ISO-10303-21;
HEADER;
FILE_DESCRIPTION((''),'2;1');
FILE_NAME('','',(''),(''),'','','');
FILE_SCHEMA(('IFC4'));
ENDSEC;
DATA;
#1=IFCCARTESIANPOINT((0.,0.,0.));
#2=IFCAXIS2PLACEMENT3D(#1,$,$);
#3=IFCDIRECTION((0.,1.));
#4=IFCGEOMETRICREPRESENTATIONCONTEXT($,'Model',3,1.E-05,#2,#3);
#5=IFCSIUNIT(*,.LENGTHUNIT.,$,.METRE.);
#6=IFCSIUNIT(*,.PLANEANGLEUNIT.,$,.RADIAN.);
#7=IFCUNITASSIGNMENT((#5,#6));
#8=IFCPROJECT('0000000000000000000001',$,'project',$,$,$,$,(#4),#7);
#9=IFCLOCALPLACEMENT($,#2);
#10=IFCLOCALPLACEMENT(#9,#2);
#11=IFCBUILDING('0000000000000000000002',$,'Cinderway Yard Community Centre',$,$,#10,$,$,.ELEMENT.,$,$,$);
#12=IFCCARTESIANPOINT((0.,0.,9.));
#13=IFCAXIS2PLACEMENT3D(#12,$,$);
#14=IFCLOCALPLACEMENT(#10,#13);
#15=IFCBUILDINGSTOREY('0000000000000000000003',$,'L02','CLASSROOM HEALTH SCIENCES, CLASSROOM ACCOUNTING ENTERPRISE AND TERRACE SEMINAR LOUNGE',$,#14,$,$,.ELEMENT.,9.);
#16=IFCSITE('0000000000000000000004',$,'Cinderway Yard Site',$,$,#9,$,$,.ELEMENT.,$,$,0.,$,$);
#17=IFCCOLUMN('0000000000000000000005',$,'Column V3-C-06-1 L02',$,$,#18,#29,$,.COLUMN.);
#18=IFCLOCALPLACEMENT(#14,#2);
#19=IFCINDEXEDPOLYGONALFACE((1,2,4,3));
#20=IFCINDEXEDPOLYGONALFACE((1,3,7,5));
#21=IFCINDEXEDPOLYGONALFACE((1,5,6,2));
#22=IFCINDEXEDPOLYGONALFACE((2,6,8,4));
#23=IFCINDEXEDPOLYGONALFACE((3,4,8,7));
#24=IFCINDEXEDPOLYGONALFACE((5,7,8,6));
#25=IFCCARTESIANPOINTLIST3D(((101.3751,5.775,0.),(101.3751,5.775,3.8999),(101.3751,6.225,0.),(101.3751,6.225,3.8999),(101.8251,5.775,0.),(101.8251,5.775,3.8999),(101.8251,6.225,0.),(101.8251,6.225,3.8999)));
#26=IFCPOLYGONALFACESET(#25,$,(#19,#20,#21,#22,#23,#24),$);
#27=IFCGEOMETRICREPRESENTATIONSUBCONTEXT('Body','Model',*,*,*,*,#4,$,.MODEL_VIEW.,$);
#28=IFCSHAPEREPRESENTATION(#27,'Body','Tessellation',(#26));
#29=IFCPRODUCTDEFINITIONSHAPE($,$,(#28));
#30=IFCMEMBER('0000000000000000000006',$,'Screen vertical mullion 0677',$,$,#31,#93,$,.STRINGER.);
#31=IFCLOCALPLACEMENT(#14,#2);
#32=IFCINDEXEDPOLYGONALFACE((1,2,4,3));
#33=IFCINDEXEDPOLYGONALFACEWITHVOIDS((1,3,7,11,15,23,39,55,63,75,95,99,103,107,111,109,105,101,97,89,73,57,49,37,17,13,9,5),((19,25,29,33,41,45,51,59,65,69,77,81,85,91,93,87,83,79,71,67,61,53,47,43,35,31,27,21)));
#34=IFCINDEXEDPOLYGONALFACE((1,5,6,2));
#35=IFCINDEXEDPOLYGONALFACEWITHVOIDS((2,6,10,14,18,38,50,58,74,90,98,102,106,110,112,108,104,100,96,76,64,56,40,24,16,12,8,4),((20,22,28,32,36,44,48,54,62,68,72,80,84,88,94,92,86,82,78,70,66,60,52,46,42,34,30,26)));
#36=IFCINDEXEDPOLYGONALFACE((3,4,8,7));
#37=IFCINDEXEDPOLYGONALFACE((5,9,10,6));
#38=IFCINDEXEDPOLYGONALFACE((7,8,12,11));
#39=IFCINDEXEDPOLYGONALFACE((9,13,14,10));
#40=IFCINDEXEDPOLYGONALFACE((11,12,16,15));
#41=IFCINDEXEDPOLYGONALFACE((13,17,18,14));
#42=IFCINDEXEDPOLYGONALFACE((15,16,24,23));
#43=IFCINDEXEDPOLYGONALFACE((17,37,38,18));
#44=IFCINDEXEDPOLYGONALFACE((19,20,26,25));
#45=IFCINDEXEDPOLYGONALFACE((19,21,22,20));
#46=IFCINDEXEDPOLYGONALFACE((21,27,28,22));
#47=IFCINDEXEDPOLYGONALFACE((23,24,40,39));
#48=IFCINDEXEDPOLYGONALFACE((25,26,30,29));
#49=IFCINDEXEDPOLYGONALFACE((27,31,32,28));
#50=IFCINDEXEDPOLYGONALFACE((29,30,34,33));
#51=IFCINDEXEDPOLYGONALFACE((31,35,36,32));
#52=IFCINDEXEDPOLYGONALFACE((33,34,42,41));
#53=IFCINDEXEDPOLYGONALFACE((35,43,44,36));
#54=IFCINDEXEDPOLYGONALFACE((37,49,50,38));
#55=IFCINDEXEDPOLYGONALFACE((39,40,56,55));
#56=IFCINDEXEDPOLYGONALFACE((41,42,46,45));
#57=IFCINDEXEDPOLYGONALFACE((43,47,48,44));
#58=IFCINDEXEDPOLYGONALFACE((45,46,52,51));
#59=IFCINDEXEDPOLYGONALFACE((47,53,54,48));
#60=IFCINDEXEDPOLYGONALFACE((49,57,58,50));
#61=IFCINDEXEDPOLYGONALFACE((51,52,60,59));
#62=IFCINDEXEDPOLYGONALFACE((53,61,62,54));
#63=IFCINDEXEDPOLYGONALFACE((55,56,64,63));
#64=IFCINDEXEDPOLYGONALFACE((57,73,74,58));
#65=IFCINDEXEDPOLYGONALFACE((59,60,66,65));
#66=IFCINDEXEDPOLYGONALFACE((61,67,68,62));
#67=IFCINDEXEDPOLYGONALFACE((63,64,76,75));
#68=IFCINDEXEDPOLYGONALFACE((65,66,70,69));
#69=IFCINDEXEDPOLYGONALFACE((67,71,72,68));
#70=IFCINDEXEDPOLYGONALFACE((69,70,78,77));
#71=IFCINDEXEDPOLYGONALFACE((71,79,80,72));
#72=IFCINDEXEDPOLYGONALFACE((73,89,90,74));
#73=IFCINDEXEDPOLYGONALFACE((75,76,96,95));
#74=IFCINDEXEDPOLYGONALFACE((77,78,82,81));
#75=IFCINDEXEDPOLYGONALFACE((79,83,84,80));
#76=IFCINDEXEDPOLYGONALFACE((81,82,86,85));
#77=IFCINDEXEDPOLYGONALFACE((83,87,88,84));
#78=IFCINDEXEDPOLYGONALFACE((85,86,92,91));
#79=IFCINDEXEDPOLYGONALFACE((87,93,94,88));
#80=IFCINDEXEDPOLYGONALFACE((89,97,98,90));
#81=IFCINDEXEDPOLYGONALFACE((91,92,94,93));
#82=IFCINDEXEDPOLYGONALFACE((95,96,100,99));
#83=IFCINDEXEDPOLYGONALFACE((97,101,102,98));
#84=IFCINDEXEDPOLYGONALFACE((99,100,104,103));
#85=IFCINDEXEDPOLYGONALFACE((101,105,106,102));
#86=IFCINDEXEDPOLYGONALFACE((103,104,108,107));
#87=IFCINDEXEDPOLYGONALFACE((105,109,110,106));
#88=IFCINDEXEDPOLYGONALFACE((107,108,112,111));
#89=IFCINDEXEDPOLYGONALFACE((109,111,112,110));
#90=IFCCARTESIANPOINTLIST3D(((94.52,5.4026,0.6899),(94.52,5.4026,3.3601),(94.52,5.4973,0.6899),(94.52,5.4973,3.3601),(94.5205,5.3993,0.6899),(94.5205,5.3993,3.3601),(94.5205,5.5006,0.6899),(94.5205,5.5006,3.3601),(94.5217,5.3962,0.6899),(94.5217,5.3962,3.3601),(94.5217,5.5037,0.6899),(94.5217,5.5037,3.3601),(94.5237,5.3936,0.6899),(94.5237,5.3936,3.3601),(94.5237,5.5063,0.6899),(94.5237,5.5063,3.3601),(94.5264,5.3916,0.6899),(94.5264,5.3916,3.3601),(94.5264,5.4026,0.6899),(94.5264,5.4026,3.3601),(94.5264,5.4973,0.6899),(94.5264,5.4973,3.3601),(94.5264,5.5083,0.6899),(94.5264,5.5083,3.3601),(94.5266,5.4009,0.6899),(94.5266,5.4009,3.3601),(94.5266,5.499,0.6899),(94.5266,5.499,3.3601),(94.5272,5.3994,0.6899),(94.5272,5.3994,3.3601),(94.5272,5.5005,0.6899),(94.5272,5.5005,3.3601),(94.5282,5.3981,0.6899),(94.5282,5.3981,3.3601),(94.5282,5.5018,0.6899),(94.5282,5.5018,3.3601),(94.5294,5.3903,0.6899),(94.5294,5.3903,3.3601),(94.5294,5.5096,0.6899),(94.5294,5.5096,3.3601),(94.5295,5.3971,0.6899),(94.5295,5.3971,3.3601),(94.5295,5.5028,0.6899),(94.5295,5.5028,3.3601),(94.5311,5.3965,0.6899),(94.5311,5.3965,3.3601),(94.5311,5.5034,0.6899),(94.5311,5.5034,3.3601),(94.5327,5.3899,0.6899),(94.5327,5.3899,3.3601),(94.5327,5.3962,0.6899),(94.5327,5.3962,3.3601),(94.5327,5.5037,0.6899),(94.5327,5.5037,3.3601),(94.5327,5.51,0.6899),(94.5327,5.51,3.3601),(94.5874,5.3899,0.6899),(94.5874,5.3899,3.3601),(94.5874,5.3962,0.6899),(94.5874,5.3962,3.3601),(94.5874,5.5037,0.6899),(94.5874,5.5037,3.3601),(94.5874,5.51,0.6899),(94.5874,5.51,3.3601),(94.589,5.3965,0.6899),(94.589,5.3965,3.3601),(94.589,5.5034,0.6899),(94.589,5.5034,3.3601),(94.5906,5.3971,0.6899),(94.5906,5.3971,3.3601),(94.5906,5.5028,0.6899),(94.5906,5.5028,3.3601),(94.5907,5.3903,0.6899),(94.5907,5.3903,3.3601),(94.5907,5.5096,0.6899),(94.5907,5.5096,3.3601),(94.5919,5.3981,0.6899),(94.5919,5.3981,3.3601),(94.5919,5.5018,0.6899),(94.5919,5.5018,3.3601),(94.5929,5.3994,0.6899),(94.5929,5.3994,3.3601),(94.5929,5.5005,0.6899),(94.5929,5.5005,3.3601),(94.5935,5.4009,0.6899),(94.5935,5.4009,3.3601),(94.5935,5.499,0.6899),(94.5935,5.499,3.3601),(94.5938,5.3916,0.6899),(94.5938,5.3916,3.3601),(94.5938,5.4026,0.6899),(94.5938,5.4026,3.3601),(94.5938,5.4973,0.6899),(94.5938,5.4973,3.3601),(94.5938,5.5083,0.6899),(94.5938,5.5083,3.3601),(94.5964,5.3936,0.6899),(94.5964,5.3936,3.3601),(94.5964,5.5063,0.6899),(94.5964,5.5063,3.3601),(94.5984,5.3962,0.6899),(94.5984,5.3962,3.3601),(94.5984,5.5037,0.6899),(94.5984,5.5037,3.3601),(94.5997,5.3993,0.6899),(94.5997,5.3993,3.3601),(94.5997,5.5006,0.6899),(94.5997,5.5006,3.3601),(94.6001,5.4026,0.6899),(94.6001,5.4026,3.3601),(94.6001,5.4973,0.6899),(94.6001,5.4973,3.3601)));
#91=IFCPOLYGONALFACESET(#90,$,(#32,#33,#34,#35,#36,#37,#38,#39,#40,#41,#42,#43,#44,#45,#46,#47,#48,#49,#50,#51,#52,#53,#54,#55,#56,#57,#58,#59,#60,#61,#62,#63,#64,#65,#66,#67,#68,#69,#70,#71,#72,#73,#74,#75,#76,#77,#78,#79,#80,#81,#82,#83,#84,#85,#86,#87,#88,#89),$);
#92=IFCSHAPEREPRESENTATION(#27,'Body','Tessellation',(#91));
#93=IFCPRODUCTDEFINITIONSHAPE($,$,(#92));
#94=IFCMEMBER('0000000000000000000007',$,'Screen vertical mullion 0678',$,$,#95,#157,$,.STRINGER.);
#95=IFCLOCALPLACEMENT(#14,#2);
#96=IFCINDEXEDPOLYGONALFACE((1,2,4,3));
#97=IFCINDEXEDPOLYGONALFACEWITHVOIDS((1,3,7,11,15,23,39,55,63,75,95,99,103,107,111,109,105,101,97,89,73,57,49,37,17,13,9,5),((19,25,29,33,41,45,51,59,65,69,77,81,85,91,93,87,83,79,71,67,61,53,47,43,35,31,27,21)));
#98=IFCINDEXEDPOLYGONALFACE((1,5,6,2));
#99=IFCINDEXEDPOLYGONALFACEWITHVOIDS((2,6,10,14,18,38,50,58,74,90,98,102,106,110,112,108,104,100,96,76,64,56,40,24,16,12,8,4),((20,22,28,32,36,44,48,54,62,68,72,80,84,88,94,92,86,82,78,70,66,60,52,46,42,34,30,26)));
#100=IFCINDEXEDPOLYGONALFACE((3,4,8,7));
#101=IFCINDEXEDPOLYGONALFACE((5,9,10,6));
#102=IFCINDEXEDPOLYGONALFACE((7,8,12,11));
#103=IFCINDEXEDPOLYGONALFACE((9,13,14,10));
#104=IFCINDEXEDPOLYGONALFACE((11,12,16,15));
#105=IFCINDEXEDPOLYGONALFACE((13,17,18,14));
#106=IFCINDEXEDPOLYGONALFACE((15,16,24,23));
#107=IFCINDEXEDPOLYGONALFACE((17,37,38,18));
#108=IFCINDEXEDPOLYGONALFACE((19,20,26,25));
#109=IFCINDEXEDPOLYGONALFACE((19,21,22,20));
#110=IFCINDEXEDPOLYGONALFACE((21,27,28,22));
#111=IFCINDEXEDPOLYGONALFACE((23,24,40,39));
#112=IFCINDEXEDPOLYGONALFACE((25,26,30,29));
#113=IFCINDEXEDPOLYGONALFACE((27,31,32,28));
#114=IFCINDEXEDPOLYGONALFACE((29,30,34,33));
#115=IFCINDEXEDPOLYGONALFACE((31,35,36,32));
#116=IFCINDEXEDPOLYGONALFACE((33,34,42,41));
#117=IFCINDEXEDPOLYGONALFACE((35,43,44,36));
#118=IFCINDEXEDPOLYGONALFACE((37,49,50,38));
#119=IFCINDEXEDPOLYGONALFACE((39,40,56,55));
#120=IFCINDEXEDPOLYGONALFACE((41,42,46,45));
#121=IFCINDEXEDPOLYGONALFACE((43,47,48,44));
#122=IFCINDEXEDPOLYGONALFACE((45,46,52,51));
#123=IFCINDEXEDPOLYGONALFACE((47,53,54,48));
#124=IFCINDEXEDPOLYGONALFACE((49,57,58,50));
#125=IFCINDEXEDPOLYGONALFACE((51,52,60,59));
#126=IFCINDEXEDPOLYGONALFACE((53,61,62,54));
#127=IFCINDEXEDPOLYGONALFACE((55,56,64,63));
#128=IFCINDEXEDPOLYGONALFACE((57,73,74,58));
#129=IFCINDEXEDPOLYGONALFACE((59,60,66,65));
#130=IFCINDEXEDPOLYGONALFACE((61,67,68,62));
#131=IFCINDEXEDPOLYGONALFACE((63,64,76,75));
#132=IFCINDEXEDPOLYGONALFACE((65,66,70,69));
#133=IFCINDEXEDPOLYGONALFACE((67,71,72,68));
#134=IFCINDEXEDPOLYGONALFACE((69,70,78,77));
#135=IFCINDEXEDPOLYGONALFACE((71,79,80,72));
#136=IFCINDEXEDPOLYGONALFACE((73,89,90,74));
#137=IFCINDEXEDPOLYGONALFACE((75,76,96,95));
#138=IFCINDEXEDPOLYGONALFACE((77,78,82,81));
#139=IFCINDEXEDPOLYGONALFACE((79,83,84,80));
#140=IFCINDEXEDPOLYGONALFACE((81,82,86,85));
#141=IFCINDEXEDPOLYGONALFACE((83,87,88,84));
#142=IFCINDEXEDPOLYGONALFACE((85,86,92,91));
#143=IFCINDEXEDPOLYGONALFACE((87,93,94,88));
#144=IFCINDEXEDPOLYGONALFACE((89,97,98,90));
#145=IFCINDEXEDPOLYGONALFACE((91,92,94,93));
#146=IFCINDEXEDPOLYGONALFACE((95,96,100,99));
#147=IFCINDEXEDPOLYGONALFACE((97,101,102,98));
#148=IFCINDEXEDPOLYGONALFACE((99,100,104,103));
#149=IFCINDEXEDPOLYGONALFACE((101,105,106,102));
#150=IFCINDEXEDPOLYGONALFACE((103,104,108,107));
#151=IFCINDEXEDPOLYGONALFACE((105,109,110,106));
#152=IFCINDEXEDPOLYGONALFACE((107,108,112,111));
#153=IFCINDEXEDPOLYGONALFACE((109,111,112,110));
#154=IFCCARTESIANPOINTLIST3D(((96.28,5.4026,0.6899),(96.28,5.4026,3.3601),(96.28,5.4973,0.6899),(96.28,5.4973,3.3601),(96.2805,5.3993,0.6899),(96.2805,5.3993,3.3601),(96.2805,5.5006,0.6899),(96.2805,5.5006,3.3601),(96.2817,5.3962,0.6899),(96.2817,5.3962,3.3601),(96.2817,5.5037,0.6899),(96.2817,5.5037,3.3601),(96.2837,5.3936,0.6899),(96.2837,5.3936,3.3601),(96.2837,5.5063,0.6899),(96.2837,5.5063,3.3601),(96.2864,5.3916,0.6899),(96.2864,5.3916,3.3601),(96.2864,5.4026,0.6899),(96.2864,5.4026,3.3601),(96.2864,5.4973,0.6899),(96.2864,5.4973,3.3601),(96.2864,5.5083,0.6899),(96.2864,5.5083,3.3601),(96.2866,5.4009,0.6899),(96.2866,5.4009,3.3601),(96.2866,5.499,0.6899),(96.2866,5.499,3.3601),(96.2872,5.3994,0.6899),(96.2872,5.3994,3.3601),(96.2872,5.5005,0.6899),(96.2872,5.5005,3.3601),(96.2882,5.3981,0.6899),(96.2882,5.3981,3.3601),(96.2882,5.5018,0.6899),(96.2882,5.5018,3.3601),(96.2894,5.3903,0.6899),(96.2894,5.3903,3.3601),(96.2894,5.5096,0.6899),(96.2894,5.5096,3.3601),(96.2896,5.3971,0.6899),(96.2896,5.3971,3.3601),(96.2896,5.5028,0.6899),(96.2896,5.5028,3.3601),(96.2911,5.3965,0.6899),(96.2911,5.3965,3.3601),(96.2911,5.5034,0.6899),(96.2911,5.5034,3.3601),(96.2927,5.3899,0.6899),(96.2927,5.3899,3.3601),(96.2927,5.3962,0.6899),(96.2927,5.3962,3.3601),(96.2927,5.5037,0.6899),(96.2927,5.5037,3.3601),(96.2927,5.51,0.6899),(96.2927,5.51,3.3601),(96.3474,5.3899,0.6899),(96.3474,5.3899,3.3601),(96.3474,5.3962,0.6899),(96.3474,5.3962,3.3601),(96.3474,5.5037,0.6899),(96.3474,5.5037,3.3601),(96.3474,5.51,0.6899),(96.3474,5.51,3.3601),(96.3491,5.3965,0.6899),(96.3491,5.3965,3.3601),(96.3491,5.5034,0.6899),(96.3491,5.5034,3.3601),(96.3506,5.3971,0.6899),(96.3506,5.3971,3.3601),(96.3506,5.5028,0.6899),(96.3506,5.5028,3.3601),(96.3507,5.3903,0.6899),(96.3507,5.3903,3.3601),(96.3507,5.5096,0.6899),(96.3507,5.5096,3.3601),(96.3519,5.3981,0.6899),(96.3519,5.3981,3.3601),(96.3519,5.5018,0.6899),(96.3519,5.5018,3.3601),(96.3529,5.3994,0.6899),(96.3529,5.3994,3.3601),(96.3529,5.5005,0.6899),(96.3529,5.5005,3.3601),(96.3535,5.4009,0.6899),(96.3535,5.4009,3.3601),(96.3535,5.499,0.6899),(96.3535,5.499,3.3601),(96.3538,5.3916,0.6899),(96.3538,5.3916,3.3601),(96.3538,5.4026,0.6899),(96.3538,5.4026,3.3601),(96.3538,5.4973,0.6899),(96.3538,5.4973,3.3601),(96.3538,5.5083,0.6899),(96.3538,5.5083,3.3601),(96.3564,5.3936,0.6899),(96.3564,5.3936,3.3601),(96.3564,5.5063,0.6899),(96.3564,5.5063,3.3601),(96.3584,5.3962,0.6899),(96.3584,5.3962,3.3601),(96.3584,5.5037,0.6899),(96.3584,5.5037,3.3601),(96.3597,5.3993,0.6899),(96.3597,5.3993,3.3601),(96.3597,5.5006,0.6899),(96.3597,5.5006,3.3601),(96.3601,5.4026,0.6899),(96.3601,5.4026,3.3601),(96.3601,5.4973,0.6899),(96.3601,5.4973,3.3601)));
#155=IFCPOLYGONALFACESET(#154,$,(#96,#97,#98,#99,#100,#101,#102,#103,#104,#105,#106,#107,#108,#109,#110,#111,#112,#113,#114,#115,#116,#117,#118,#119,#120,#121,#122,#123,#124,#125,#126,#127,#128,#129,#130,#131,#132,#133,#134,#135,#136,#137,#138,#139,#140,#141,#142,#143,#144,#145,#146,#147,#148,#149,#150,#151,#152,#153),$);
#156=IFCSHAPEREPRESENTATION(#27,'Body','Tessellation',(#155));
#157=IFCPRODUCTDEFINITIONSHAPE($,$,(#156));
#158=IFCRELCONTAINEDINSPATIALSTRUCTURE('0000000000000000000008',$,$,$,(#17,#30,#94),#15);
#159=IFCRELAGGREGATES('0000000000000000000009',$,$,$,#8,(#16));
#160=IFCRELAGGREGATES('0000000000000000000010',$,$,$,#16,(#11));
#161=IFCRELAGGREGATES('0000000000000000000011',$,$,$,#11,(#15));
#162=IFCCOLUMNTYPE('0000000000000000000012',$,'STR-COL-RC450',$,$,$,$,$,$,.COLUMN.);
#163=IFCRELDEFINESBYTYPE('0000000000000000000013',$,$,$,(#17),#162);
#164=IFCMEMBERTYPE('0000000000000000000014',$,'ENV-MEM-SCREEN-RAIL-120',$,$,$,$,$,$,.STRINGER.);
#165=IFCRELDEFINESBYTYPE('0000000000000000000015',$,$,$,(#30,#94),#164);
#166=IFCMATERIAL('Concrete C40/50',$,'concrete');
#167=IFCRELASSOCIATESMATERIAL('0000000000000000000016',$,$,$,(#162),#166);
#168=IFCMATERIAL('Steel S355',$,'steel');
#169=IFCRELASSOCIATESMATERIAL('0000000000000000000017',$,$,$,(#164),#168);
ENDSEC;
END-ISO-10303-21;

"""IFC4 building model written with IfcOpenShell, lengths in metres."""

from ifc_helpers import new_model, si_unit, direction, frame, origin, origin_2d, place, context, subcontext, project, spatial, rectangle, hollow_rectangle, extrude, material, material_profile, profile_set, type_object, element, save


model = new_model("IFC4")

# Units and contexts
model_context = context("Model", 3, precision=1e-05, world=origin(), true_north=direction((0.0, 1.0)))
body_context = subcontext(model_context, "Body", "Model", "MODEL_VIEW")
ifc_project = project(units=[si_unit("LENGTHUNIT", "METRE"), si_unit("PLANEANGLEUNIT", "RADIAN")], contexts=[model_context])

# Site, building, storey
site_placement = place(None, origin())
site = spatial("IfcSite", under=ifc_project, at=site_placement, Name="Cinderway Yard Site", CompositionType="ELEMENT", RefElevation=0.0)
building_placement = place(site_placement, origin())
building = spatial("IfcBuilding", under=site, at=building_placement, Name="Cinderway Yard Community Centre", CompositionType="ELEMENT")
storey_placement = place(building_placement, frame((0.0, 0.0, 9.0)))
storey = spatial("IfcBuildingStorey", under=building, at=storey_placement, Name="L02", Description="CLASSROOM HEALTH SCIENCES, CLASSROOM ACCOUNTING ENTERPRISE AND TERRACE SEMINAR LOUNGE", CompositionType="ELEMENT", Elevation=9.0)

# Column
ifc_material_1 = material(Name="Concrete C40/50", Category="concrete")
ifc_material_profile_1 = material_profile(ifc_material_1, rectangle(XDim=0.45, YDim=0.45, at=origin_2d()), Name="Concrete C40/50")
ifc_profile_set_1 = profile_set([ifc_material_profile_1], Name="Concrete C40/50")
column_type = type_object("IfcColumnType", Name="STR-COL-RC450", PredefinedType="COLUMN", material=ifc_profile_set_1)
column_placement = place(storey_placement, frame((101.6001, 6.0, 0.0), z_axis=(0.0, 0.0, 1.0), x_axis=(1.0, 0.0, 0.0)))
element("IfcColumn", 1, at=column_placement, inside=storey, type_object=column_type, Name="Column V3-C-06-1 L02", PredefinedType="COLUMN", context=body_context, shape_type="SweptSolid", body=[
    extrude(rectangle(XDim=0.45, YDim=0.45, at=origin_2d()), origin(), (0.0, 0.0, 1.0), 3.8999),
])

# Members
ifc_material_2 = material(Name="Steel S355", Category="steel")
ifc_material_profile_2 = material_profile(ifc_material_2, hollow_rectangle(XDim=0.0801, YDim=0.1201, WallThickness=0.0063, InnerFilletRadius=0.0063, OuterFilletRadius=0.0127, at=origin_2d()), Name="Steel S355")
ifc_profile_set_2 = profile_set([ifc_material_profile_2], Name="Steel S355")
member_type = type_object("IfcMemberType", Name="ENV-MEM-SCREEN-RAIL-120", PredefinedType="STRINGER", material=ifc_profile_set_2)
for number, where, z_axis, x_axis, name in (
    (2, (94.5601, 5.45, 0.6899), (0.0, 0.0, 1.0), (1.0, 0.0, 0.0), "Screen vertical mullion 0677"),
    (3, (96.3201, 5.45, 0.6899), (0.0, 0.0, 1.0), (1.0, 0.0, 0.0), "Screen vertical mullion 0678"),
):
    element("IfcMember", number, at=place(storey_placement, frame(where, z_axis=z_axis, x_axis=x_axis)), inside=storey, type_object=member_type, Name=name, PredefinedType="STRINGER", context=body_context, shape_type="SweptSolid", body=[
        extrude(hollow_rectangle(XDim=0.0801, YDim=0.1201, WallThickness=0.0063, InnerFilletRadius=0.0063, OuterFilletRadius=0.0127, at=origin_2d()), origin(), (0.0, 0.0, 1.0), 2.6702),
    ])

save(model, "model.ifc")
